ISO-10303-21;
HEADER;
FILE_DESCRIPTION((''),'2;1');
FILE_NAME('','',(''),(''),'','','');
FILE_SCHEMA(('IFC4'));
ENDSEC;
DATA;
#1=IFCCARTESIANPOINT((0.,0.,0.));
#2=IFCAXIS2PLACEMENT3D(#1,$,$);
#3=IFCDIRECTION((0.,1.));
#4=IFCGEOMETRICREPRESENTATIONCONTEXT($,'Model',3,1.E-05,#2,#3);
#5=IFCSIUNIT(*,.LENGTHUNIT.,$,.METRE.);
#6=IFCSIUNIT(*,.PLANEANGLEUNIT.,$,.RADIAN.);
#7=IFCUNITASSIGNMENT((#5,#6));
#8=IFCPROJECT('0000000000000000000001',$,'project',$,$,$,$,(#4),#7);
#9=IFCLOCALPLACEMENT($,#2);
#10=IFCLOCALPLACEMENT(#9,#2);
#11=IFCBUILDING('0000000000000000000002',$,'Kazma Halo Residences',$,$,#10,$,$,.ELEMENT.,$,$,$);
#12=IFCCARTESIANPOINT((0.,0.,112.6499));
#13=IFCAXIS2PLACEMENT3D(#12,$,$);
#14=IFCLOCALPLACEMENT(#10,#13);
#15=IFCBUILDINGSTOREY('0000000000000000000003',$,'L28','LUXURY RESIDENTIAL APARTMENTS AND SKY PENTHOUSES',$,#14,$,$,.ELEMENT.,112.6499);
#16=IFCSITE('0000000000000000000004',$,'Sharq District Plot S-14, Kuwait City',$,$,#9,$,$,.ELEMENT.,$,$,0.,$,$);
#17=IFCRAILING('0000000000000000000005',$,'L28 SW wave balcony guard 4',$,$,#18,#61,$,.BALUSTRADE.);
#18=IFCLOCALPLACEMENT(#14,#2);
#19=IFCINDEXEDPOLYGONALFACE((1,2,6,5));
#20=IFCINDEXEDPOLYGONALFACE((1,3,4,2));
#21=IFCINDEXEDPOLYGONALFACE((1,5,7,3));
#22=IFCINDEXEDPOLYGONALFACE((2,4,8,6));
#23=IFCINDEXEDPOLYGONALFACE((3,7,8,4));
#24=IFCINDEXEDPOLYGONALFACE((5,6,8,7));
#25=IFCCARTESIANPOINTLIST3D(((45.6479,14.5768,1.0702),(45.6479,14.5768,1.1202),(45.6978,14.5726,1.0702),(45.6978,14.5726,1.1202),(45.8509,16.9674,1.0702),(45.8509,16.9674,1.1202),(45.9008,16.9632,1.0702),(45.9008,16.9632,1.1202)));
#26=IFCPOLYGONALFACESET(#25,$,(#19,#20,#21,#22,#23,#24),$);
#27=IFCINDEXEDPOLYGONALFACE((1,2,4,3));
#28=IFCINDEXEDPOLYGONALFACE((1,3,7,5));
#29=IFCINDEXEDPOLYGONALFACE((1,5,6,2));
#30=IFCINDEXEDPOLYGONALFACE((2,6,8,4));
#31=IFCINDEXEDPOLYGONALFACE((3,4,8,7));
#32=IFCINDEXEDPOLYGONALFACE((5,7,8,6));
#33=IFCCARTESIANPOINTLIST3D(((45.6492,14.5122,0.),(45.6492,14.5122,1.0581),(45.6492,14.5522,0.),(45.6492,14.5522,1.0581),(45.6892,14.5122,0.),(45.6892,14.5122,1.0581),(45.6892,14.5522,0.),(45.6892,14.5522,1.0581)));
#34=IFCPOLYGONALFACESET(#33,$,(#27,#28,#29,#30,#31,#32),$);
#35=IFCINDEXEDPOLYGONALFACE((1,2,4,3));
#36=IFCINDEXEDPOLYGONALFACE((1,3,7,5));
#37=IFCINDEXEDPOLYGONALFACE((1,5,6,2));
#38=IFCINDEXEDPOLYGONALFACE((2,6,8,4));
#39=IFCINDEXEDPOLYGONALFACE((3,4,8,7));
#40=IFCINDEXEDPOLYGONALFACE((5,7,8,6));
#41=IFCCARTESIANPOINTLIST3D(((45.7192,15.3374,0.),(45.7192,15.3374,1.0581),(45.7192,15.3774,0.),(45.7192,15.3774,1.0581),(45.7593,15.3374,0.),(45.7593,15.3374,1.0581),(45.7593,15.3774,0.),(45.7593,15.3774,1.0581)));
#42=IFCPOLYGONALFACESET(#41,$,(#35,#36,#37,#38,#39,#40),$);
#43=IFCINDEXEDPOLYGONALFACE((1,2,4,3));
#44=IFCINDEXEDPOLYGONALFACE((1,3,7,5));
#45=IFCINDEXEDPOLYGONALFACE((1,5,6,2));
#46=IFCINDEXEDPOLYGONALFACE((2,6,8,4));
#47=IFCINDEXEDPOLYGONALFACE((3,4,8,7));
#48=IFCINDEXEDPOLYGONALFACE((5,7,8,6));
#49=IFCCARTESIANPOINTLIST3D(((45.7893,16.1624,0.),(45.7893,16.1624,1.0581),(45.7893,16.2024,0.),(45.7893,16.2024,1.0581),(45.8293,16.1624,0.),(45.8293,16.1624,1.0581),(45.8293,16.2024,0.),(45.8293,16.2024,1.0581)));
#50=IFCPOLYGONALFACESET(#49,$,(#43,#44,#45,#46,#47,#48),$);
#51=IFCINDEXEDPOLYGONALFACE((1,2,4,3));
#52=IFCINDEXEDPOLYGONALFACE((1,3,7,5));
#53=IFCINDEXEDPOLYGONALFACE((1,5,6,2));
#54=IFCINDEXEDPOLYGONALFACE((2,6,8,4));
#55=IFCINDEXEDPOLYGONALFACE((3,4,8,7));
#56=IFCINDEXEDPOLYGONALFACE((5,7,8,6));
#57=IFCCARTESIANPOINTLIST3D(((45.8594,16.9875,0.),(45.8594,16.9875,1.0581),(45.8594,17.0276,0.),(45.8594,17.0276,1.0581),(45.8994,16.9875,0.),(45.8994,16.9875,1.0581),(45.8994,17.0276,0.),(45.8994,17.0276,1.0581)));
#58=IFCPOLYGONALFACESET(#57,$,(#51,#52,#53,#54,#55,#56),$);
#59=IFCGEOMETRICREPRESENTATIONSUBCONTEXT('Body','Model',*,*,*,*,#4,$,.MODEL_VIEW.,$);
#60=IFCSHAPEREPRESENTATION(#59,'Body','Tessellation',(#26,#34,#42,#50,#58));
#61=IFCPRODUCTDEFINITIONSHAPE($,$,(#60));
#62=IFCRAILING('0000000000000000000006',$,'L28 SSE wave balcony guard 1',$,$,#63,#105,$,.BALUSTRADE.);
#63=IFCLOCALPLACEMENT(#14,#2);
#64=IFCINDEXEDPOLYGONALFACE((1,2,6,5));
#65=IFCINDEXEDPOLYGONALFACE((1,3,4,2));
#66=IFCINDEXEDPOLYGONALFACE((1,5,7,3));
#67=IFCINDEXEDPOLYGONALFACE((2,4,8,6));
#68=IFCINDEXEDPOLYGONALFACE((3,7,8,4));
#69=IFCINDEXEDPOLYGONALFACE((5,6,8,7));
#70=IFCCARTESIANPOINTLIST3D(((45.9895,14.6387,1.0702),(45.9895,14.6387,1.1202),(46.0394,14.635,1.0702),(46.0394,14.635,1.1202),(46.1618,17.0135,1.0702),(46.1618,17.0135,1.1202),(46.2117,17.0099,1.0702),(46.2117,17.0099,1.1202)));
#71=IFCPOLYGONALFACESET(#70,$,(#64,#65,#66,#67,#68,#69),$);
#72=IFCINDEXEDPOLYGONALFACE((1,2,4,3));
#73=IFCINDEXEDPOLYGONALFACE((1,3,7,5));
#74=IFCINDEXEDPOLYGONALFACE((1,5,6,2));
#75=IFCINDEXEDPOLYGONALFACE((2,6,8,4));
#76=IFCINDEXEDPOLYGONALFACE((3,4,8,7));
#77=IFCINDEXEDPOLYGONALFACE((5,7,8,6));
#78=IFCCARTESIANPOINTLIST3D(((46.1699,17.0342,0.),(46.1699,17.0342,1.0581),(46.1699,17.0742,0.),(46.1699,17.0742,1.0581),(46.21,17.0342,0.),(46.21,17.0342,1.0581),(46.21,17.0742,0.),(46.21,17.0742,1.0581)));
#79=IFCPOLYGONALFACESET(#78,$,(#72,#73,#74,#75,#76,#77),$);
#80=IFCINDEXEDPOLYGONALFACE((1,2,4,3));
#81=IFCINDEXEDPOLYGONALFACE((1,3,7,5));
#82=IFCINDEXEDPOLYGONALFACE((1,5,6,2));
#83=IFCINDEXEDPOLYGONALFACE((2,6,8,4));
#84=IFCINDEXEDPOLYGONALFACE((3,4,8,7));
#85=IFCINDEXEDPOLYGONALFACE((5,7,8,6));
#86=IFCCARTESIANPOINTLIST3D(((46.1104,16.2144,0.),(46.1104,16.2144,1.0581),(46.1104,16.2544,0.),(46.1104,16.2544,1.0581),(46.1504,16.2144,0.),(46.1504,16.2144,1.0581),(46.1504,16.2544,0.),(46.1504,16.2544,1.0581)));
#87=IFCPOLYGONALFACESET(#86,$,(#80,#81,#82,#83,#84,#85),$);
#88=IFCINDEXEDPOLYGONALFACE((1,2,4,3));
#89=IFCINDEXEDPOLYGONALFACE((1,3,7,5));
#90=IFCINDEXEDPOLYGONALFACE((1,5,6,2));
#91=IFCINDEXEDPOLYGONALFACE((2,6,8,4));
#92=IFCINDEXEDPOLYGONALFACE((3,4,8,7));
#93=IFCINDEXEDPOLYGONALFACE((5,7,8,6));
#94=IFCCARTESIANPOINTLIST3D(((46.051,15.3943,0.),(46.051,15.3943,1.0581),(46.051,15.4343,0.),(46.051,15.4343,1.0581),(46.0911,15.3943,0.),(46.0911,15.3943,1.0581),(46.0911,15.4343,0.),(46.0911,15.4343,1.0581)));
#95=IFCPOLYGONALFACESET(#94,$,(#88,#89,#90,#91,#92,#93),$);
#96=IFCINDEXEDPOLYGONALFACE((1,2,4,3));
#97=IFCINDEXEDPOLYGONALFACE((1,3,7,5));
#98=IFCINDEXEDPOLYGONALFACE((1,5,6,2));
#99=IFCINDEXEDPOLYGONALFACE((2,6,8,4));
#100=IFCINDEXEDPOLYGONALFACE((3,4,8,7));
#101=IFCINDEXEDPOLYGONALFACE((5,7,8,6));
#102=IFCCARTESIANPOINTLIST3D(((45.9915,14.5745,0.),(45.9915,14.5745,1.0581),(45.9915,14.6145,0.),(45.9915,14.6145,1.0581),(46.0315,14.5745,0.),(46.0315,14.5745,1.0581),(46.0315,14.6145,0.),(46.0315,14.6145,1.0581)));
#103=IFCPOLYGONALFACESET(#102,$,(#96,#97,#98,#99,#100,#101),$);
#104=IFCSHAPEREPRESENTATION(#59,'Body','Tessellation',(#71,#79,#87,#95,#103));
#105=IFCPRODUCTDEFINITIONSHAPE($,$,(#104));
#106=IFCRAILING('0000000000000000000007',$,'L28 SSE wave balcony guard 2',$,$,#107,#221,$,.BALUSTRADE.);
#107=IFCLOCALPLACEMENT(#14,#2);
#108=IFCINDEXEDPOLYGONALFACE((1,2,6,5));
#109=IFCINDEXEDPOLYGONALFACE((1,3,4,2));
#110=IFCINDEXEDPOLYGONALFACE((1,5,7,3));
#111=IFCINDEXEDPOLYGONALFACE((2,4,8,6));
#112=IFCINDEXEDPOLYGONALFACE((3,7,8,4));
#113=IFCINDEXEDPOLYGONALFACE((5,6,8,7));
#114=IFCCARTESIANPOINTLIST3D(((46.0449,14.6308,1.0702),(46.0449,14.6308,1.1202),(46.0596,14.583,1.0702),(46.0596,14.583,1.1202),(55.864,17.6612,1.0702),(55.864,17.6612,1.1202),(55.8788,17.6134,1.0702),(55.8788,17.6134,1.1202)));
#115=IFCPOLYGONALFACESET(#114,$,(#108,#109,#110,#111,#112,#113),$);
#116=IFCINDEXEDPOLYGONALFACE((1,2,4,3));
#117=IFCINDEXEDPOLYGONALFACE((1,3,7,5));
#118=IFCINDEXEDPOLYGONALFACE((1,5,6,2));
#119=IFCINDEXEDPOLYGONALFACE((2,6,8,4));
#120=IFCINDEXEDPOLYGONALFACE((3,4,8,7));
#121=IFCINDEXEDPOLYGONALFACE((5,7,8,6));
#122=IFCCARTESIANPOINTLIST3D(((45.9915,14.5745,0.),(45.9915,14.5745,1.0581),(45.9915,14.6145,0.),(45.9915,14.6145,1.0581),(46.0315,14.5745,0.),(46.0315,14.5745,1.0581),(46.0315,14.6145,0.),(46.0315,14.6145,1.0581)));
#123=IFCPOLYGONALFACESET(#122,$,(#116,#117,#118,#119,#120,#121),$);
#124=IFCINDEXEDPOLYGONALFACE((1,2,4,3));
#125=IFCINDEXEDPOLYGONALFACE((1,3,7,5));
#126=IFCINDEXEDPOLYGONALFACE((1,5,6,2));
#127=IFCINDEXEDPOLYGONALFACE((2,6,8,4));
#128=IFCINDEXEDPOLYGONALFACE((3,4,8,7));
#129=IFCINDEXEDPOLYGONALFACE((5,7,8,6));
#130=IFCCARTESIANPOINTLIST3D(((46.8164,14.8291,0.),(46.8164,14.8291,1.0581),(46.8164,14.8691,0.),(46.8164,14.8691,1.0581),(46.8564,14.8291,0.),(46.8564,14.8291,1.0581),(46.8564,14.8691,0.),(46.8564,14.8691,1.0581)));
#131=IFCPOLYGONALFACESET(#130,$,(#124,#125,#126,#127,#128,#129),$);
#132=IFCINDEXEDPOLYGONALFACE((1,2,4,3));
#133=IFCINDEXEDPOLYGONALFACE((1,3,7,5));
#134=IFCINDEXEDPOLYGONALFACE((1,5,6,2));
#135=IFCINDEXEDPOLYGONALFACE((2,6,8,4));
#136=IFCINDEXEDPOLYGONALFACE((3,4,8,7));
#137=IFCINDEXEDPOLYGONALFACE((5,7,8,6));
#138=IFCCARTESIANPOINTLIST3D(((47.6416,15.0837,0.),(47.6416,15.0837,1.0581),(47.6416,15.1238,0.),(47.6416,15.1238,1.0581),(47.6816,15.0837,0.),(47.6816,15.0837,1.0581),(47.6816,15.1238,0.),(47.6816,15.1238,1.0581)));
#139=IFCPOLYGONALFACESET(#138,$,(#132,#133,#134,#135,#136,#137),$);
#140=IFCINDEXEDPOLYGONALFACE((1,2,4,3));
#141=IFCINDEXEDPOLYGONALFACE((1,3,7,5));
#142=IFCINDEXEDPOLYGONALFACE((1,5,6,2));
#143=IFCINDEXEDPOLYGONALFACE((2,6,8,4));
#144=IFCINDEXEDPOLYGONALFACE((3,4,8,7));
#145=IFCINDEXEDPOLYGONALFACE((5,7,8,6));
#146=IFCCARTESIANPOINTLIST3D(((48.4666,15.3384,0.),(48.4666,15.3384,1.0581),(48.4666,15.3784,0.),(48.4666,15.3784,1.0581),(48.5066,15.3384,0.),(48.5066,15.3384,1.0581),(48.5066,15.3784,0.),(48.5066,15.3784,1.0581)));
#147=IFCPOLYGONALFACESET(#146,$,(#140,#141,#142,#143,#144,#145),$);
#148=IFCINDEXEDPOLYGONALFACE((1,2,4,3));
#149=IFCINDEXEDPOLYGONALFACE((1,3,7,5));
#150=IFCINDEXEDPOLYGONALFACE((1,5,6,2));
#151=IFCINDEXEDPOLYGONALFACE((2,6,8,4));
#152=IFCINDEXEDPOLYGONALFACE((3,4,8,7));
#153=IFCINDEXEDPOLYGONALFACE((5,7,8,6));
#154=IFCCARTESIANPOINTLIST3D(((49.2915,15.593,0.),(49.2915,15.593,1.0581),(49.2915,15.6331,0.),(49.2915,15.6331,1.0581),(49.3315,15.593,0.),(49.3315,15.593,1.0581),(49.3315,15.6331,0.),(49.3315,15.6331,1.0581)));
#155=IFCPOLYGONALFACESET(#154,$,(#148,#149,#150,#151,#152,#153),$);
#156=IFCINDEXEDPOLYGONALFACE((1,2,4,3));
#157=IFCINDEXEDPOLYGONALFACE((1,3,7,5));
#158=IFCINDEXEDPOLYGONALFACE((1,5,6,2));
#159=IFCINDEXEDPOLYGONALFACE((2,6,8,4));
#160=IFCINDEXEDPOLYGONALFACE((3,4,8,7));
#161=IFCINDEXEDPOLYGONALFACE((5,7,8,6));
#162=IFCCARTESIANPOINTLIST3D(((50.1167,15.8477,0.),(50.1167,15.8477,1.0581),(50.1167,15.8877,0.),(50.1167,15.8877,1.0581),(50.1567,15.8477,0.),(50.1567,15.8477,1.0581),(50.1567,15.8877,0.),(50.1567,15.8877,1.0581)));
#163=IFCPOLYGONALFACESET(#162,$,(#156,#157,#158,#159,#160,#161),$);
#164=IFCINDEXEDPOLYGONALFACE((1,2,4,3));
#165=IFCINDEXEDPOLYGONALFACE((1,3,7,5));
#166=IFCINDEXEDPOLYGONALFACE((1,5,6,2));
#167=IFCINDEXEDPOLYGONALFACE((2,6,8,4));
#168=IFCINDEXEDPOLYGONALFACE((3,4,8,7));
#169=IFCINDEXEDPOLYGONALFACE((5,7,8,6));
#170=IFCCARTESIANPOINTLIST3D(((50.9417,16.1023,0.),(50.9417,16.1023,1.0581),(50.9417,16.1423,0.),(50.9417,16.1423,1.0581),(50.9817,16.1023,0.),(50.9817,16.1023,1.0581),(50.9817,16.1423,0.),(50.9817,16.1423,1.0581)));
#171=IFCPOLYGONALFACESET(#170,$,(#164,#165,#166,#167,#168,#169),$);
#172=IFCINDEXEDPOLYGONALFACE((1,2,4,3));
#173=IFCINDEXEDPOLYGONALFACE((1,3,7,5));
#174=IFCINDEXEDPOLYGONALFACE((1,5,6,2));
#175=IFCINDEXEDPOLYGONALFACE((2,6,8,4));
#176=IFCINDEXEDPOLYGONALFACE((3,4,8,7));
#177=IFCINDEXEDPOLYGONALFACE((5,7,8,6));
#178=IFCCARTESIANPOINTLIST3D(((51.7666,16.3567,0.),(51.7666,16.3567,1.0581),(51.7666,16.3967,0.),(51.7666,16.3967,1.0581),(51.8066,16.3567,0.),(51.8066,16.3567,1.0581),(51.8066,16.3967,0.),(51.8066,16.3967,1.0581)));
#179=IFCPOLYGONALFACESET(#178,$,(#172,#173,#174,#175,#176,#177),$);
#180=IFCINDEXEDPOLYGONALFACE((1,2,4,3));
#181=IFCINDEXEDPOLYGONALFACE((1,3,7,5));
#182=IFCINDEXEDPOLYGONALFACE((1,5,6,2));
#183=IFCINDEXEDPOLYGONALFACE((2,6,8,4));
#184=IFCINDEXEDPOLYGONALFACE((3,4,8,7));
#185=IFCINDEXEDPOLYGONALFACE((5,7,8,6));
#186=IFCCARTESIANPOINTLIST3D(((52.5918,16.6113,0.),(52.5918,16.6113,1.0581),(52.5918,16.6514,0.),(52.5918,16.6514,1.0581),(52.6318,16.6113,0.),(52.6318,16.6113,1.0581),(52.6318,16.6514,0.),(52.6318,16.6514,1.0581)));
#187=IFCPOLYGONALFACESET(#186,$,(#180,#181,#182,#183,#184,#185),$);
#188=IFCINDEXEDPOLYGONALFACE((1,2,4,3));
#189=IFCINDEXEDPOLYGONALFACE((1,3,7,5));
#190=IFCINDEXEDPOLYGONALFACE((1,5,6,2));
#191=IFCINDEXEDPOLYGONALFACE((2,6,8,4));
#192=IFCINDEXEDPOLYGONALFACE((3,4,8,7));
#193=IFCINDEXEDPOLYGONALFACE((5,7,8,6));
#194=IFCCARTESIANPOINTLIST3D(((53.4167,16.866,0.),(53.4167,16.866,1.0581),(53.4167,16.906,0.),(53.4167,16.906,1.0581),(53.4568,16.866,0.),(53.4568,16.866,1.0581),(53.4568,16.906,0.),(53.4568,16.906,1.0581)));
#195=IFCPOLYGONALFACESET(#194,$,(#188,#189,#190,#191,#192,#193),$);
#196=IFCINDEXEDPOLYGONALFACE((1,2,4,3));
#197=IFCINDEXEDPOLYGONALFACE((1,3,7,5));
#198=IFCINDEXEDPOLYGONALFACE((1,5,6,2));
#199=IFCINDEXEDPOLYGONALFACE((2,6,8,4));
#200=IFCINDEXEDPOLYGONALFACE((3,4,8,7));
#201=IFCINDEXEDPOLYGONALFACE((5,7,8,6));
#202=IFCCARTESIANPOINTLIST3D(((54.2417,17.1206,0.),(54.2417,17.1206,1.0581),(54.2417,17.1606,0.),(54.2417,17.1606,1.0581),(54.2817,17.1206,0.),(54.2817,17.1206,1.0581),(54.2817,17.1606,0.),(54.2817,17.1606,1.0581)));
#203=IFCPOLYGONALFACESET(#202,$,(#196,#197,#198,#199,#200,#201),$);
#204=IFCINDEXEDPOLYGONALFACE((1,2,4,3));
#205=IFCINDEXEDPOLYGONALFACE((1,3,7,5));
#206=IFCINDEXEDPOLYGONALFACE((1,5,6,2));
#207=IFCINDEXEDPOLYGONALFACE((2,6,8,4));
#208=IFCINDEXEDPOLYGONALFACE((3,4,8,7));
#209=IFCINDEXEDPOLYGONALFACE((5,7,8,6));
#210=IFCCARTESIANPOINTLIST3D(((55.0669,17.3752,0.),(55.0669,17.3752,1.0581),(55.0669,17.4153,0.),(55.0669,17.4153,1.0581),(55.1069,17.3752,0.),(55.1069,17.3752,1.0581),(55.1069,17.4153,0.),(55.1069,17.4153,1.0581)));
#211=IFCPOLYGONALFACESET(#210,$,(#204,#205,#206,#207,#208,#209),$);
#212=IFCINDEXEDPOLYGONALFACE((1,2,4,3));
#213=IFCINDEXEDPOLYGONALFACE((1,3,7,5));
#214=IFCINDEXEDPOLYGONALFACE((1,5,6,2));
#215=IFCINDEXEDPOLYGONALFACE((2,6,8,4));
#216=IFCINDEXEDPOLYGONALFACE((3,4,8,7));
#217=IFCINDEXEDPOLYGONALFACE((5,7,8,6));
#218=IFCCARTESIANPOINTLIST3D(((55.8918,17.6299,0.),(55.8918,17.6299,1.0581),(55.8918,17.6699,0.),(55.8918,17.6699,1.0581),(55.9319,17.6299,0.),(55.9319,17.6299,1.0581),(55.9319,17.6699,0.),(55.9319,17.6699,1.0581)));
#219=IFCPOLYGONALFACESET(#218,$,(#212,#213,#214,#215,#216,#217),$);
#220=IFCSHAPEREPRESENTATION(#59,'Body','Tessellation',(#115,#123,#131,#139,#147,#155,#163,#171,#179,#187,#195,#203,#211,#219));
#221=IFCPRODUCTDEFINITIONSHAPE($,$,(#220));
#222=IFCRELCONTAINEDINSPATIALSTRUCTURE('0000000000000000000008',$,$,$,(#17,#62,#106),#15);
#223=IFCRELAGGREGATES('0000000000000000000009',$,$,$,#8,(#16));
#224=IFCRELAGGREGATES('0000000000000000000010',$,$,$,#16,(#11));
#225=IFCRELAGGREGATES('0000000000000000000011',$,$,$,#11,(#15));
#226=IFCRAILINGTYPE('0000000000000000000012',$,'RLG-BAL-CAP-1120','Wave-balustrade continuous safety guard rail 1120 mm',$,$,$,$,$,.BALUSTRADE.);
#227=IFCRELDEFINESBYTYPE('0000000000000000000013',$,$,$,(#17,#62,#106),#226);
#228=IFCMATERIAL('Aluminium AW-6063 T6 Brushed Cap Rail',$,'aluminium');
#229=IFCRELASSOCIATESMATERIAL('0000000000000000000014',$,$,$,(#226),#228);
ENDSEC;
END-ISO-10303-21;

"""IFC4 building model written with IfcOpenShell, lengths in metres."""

from ifc_helpers import new_model, si_unit, direction, frame, origin, origin_2d, place, context, subcontext, project, spatial, rectangle, extrude, material, type_object, element, save


model = new_model("IFC4")

# Units and contexts
model_context = context("Model", 3, precision=1e-05, world=origin(), true_north=direction((0.0, 1.0)))
body_context = subcontext(model_context, "Body", "Model", "MODEL_VIEW")
ifc_project = project(units=[si_unit("LENGTHUNIT", "METRE"), si_unit("PLANEANGLEUNIT", "RADIAN")], contexts=[model_context])

# Site, building, storey
site_placement = place(None, origin())
site = spatial("IfcSite", under=ifc_project, at=site_placement, Name="Sharq District Plot S-14, Kuwait City", CompositionType="ELEMENT", RefElevation=0.0)
building_placement = place(site_placement, origin())
building = spatial("IfcBuilding", under=site, at=building_placement, Name="Kazma Halo Residences", CompositionType="ELEMENT")
storey_placement = place(building_placement, frame((0.0, 0.0, 112.6499)))
storey = spatial("IfcBuildingStorey", under=building, at=storey_placement, Name="L28", Description="LUXURY RESIDENTIAL APARTMENTS AND SKY PENTHOUSES", CompositionType="ELEMENT", Elevation=112.6499)

# Railings
ifc_material_1 = material(Name="Aluminium AW-6063 T6 Brushed Cap Rail", Category="aluminium")
railing_type = type_object("IfcRailingType", Name="RLG-BAL-CAP-1120", Description="Wave-balustrade continuous safety guard rail 1120 mm", PredefinedType="BALUSTRADE", material=ifc_material_1)
railing_1_placement = place(storey_placement, frame((45.6692, 14.5322, 0.0)))
element("IfcRailing", 1, at=railing_1_placement, inside=storey, type_object=railing_type, Name="L28 SW wave balcony guard 4", PredefinedType="BALUSTRADE", context=body_context, shape_type="SweptSolid", body=[
    extrude(rectangle(XDim=0.05, YDim=0.05, at=origin_2d()), frame((0.0037, 0.0425, 1.0952), z_axis=(0.084615, 0.996414, 0.0), x_axis=(-0.996414, 0.084615, 0.0)), (0.0, 0.0, 1.0), 2.3992),
    extrude(rectangle(XDim=0.04, YDim=0.04, at=origin_2d()), origin(), (0.0, 0.0, 1.0), 1.0581),
    extrude(rectangle(XDim=0.04, YDim=0.04, at=origin_2d()), frame((0.0701, 0.8252, 0.0)), (0.0, 0.0, 1.0), 1.0581),
    extrude(rectangle(XDim=0.04, YDim=0.04, at=origin_2d()), frame((0.1401, 1.6501, 0.0)), (0.0, 0.0, 1.0), 1.0581),
    extrude(rectangle(XDim=0.04, YDim=0.04, at=origin_2d()), frame((0.2102, 2.4753, 0.0)), (0.0, 0.0, 1.0), 1.0581),
])
railing_2_placement = place(storey_placement, frame((46.1899, 17.0542, 0.0)))
element("IfcRailing", 2, at=railing_2_placement, inside=storey, type_object=railing_type, Name="L28 SSE wave balcony guard 1", PredefinedType="BALUSTRADE", context=body_context, shape_type="SweptSolid", body=[
    extrude(rectangle(XDim=0.05, YDim=0.05, at=origin_2d()), frame((-0.0032, -0.0425, 1.0952), z_axis=(-0.072366, -0.997378, 0.0), x_axis=(0.997378, -0.072366, 0.0)), (0.0, 0.0, 1.0), 2.3811),
    extrude(rectangle(XDim=0.04, YDim=0.04, at=origin_2d()), origin(), (0.0, 0.0, 1.0), 1.0581),
    extrude(rectangle(XDim=0.04, YDim=0.04, at=origin_2d()), frame((-0.0596, -0.8198, 0.0)), (0.0, 0.0, 1.0), 1.0581),
    extrude(rectangle(XDim=0.04, YDim=0.04, at=origin_2d()), frame((-0.1189, -1.6399, 0.0)), (0.0, 0.0, 1.0), 1.0581),
    extrude(rectangle(XDim=0.04, YDim=0.04, at=origin_2d()), frame((-0.1785, -2.4597, 0.0)), (0.0, 0.0, 1.0), 1.0581),
])
railing_3_placement = place(storey_placement, frame((46.0115, 14.5945, 0.0)))
element("IfcRailing", 3, at=railing_3_placement, inside=storey, type_object=railing_type, Name="L28 SSE wave balcony guard 2", PredefinedType="BALUSTRADE", context=body_context, shape_type="SweptSolid", body=[
    extrude(rectangle(XDim=0.05, YDim=0.05, at=origin_2d()), frame((0.0408, 0.0125, 1.0952), z_axis=(0.955531, 0.294892, 0.0), x_axis=(-0.294892, 0.955531, 0.0)), (0.0, 0.0, 1.0), 10.2761),
    extrude(rectangle(XDim=0.04, YDim=0.04, at=origin_2d()), origin(), (0.0, 0.0, 1.0), 1.0581),
    extrude(rectangle(XDim=0.04, YDim=0.04, at=origin_2d()), frame((0.825, 0.2546, 0.0)), (0.0, 0.0, 1.0), 1.0581),
    extrude(rectangle(XDim=0.04, YDim=0.04, at=origin_2d()), frame((1.6501, 0.5093, 0.0)), (0.0, 0.0, 1.0), 1.0581),
    extrude(rectangle(XDim=0.04, YDim=0.04, at=origin_2d()), frame((2.4751, 0.7639, 0.0)), (0.0, 0.0, 1.0), 1.0581),
    extrude(rectangle(XDim=0.04, YDim=0.04, at=origin_2d()), frame((3.3, 1.0186, 0.0)), (0.0, 0.0, 1.0), 1.0581),
    extrude(rectangle(XDim=0.04, YDim=0.04, at=origin_2d()), frame((4.1252, 1.2732, 0.0)), (0.0, 0.0, 1.0), 1.0581),
    extrude(rectangle(XDim=0.04, YDim=0.04, at=origin_2d()), frame((4.9502, 1.5278, 0.0)), (0.0, 0.0, 1.0), 1.0581),
    extrude(rectangle(XDim=0.04, YDim=0.04, at=origin_2d()), frame((5.7751, 1.7822, 0.0)), (0.0, 0.0, 1.0), 1.0581),
    extrude(rectangle(XDim=0.04, YDim=0.04, at=origin_2d()), frame((6.6003, 2.0369, 0.0)), (0.0, 0.0, 1.0), 1.0581),
    extrude(rectangle(XDim=0.04, YDim=0.04, at=origin_2d()), frame((7.4253, 2.2915, 0.0)), (0.0, 0.0, 1.0), 1.0581),
    extrude(rectangle(XDim=0.04, YDim=0.04, at=origin_2d()), frame((8.2502, 2.5461, 0.0)), (0.0, 0.0, 1.0), 1.0581),
    extrude(rectangle(XDim=0.04, YDim=0.04, at=origin_2d()), frame((9.0754, 2.8008, 0.0)), (0.0, 0.0, 1.0), 1.0581),
    extrude(rectangle(XDim=0.04, YDim=0.04, at=origin_2d()), frame((9.9004, 3.0554, 0.0)), (0.0, 0.0, 1.0), 1.0581),
])

save(model, "model.ifc")
